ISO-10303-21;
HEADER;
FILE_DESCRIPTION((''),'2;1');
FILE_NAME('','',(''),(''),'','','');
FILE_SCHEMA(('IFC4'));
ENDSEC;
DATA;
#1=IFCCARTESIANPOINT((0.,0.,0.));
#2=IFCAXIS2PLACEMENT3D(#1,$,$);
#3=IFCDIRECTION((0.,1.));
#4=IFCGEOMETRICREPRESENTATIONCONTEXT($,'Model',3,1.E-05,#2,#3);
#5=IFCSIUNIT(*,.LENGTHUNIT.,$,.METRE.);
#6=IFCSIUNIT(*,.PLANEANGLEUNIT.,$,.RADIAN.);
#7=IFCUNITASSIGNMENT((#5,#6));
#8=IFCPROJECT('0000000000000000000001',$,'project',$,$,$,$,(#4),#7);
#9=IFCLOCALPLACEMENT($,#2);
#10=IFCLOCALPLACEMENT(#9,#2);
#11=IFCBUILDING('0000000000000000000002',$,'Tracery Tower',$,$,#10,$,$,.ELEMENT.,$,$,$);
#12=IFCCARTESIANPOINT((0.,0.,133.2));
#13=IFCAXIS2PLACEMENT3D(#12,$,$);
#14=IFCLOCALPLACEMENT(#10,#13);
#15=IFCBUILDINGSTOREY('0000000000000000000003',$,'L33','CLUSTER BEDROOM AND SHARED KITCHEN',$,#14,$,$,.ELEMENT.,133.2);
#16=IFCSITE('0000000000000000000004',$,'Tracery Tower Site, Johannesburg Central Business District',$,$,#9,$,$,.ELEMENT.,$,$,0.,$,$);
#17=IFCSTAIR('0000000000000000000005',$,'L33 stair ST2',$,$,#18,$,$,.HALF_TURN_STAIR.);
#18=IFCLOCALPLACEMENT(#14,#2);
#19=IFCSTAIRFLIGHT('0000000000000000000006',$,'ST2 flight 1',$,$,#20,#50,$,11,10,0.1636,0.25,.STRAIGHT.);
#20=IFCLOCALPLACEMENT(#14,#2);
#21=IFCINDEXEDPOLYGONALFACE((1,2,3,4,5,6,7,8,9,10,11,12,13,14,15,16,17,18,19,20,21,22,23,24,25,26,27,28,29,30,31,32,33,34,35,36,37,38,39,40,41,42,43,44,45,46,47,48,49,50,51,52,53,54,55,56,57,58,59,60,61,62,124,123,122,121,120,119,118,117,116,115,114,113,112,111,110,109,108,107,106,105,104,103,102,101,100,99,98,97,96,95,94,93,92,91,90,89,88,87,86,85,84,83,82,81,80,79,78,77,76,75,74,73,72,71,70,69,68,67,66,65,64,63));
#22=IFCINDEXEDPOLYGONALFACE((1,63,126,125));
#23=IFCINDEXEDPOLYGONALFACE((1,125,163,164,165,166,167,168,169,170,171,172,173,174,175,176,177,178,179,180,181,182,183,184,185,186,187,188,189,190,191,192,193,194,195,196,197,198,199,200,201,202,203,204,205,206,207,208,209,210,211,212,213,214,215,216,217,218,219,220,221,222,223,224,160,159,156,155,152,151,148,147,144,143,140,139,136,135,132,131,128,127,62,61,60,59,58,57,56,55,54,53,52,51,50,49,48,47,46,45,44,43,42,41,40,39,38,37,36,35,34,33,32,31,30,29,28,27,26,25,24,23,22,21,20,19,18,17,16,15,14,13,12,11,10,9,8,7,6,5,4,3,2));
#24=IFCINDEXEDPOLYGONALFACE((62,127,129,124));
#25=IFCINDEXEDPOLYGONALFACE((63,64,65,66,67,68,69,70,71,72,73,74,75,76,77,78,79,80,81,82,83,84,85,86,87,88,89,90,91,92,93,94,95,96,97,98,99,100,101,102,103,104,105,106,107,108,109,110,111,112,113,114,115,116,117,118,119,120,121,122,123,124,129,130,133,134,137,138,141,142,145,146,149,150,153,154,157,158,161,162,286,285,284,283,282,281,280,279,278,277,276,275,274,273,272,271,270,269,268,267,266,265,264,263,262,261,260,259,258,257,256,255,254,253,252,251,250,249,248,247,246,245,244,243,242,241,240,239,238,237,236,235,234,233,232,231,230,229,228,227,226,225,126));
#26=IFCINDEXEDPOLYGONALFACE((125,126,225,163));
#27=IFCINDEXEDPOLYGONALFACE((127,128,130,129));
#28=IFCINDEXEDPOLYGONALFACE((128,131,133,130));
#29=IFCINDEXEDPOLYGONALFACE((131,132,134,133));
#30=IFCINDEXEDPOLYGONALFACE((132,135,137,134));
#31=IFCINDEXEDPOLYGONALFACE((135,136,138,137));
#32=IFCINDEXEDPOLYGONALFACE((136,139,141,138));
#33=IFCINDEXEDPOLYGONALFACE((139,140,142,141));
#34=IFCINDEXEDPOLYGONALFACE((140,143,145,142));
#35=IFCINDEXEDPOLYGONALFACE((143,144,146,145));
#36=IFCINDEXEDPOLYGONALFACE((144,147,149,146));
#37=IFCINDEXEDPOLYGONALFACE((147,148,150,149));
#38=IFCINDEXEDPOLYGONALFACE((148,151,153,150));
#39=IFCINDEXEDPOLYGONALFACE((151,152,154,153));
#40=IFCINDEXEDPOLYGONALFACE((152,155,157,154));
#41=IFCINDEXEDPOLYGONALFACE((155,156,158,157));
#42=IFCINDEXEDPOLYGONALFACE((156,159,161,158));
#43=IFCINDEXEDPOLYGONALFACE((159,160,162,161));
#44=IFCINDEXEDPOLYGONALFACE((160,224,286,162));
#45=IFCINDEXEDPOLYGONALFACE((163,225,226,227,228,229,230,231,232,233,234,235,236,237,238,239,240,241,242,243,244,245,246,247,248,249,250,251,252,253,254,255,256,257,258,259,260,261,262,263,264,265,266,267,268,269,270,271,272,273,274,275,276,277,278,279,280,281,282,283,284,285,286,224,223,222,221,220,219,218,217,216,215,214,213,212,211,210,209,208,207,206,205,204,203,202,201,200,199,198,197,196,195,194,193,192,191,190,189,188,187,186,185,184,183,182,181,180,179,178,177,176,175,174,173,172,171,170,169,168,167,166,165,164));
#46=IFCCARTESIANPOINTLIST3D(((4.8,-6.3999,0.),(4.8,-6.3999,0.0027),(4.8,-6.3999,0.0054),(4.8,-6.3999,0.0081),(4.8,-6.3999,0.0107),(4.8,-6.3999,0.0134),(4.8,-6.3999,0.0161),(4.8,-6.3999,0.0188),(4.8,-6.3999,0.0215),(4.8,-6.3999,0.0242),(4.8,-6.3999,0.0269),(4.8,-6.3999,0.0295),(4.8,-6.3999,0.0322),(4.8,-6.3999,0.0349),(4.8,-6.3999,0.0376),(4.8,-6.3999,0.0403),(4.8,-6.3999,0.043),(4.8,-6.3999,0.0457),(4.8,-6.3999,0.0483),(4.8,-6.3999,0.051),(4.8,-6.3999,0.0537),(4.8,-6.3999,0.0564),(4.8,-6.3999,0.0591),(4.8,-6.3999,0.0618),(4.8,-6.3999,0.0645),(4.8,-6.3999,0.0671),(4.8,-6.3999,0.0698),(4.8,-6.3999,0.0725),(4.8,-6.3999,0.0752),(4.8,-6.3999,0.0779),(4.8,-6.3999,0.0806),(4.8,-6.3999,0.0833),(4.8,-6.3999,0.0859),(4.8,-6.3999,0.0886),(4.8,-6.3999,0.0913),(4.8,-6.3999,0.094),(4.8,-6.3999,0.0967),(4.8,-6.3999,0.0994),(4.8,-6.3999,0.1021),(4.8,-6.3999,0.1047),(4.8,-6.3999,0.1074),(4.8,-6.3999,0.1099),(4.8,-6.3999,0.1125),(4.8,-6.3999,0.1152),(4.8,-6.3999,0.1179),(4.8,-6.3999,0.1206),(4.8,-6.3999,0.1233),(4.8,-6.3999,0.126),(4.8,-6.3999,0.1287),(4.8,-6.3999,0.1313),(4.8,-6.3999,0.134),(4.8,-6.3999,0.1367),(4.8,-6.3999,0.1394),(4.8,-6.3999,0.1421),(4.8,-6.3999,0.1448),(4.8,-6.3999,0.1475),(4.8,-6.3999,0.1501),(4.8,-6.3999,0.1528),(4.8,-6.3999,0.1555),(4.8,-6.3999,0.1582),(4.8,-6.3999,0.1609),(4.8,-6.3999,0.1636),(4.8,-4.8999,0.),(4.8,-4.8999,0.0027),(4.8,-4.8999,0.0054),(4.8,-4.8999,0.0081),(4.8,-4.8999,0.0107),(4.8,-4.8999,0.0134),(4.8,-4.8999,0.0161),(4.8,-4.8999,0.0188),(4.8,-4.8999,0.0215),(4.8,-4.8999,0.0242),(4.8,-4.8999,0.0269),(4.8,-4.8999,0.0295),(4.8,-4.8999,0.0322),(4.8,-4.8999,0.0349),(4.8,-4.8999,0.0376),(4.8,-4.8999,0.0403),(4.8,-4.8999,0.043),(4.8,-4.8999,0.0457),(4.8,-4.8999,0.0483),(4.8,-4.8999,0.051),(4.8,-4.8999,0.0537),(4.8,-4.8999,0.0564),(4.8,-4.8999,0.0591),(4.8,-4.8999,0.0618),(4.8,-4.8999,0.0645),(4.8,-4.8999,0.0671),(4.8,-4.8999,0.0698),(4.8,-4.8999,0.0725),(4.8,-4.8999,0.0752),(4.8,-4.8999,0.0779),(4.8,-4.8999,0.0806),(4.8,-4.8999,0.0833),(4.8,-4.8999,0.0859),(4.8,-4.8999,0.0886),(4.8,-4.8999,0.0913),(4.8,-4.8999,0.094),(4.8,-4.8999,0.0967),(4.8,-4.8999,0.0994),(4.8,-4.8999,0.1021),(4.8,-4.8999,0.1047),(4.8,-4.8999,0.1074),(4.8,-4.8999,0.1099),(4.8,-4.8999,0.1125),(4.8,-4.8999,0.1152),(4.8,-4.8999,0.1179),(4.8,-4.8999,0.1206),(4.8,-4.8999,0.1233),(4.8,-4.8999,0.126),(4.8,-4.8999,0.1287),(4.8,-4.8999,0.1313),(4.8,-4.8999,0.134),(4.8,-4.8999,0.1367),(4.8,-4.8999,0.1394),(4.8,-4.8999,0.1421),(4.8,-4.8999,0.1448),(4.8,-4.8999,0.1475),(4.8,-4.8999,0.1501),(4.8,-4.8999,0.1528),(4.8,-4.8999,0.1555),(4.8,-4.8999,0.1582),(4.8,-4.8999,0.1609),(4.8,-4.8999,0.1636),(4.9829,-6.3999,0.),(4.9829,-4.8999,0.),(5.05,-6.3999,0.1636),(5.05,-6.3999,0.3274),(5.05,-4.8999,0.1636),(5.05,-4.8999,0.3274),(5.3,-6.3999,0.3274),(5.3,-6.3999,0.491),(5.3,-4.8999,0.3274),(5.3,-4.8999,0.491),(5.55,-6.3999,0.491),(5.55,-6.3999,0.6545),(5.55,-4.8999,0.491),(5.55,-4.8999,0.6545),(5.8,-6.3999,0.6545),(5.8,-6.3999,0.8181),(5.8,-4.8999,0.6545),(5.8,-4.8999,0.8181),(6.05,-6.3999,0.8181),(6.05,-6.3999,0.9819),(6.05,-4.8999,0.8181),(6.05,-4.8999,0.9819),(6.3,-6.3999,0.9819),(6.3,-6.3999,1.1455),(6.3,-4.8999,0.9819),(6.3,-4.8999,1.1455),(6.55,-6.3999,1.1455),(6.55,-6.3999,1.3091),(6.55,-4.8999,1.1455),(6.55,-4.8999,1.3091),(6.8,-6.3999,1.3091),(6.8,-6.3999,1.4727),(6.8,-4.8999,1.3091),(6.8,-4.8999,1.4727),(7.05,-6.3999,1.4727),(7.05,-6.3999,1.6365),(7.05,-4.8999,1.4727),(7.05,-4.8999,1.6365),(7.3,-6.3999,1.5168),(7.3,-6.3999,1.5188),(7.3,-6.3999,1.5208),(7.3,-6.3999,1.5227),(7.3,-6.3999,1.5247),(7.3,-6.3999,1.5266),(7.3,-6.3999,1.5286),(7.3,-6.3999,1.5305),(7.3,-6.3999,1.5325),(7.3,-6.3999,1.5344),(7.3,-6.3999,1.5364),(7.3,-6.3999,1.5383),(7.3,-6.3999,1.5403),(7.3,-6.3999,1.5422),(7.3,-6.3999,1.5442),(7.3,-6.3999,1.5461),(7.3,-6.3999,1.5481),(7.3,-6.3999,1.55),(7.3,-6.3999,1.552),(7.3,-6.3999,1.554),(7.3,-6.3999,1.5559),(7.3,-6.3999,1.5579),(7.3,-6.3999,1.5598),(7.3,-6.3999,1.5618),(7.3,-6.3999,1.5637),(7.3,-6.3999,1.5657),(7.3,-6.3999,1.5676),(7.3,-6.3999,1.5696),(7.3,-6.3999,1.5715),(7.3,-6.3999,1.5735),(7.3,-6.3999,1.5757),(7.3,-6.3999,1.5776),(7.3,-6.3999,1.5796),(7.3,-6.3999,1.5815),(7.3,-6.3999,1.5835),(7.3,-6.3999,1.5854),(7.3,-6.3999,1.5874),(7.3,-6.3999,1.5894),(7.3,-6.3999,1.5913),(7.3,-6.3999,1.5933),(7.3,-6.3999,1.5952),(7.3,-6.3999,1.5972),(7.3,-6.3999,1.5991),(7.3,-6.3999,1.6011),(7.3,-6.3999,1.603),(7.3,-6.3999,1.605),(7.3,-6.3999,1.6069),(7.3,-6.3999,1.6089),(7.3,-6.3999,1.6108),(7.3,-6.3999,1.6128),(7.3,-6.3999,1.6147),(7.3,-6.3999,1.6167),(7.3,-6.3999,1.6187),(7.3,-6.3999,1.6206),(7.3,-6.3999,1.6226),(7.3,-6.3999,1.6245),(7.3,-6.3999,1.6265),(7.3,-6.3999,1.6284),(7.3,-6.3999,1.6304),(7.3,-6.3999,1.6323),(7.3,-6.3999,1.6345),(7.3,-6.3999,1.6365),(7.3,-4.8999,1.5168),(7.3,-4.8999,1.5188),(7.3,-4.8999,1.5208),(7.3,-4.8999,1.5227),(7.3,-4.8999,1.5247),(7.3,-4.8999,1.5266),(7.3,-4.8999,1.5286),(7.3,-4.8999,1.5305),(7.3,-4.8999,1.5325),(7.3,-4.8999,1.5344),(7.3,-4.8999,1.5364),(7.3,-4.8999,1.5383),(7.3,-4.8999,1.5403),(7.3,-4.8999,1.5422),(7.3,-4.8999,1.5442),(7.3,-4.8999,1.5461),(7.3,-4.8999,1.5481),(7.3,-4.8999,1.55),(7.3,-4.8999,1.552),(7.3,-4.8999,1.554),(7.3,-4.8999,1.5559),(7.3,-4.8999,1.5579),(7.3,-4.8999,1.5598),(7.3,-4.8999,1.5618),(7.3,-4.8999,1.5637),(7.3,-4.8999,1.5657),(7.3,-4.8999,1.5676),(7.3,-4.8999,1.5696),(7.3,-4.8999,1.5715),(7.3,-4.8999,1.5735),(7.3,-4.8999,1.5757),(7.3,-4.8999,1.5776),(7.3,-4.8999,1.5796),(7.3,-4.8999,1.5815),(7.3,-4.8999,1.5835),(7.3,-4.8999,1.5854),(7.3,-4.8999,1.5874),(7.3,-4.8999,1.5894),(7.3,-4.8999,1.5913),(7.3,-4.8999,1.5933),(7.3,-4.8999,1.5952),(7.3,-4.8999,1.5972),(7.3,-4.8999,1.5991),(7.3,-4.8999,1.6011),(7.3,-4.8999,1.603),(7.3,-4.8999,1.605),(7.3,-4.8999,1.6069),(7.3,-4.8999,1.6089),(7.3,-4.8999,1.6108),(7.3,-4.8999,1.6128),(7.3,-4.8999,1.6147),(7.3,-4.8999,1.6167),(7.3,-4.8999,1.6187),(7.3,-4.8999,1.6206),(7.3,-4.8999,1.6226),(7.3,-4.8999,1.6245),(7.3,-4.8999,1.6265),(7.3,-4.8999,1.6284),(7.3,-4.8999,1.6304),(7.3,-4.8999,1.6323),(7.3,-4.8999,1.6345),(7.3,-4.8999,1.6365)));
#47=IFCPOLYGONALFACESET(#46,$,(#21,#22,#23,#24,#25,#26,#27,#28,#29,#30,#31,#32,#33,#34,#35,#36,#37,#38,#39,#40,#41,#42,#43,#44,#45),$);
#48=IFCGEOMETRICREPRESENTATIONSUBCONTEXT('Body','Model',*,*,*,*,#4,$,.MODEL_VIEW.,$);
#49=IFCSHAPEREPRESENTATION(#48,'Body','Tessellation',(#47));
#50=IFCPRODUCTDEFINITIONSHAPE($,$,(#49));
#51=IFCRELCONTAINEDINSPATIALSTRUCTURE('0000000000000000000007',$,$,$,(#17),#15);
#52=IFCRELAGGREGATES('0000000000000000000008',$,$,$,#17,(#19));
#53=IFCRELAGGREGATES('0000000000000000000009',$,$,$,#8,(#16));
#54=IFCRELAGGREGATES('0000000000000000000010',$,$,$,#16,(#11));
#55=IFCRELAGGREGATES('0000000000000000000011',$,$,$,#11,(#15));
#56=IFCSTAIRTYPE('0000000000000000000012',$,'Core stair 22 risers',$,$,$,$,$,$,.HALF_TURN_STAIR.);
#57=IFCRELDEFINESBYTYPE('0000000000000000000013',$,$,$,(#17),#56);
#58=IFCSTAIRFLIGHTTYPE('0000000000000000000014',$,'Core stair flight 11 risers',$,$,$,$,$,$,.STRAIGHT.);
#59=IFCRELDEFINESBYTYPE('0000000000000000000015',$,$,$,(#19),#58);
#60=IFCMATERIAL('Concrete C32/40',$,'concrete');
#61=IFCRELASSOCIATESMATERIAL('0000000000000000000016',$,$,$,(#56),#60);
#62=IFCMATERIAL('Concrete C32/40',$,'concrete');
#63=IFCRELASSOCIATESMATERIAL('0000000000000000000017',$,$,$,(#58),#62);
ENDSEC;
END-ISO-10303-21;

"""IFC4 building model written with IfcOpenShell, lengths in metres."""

from ifc_helpers import new_model, si_unit, direction, frame, origin, place, context, subcontext, project, spatial, polyline, outline, extrude, material, type_object, element, aggregate, save


model = new_model("IFC4")

# Units and contexts
model_context = context("Model", 3, precision=1e-05, world=origin(), true_north=direction((0.0, 1.0)))
body_context = subcontext(model_context, "Body", "Model", "MODEL_VIEW")
ifc_project = project(units=[si_unit("LENGTHUNIT", "METRE"), si_unit("PLANEANGLEUNIT", "RADIAN")], contexts=[model_context])

# Site, building, storey
site_placement = place(None, origin())
site = spatial("IfcSite", under=ifc_project, at=site_placement, Name="Tracery Tower Site, Johannesburg Central Business District", CompositionType="ELEMENT", RefElevation=0.0)
building_placement = place(site_placement, origin())
building = spatial("IfcBuilding", under=site, at=building_placement, Name="Tracery Tower", CompositionType="ELEMENT")
storey_placement = place(building_placement, frame((0.0, 0.0, 133.2)))
storey = spatial("IfcBuildingStorey", under=building, at=storey_placement, Name="L33", Description="CLUSTER BEDROOM AND SHARED KITCHEN", CompositionType="ELEMENT", Elevation=133.2)

# Stair
ifc_material_1 = material(Name="Concrete C32/40", Category="concrete")
stair_type = type_object("IfcStairType", Name="Core stair 22 risers", PredefinedType="HALF_TURN_STAIR", material=ifc_material_1)
stair_1_placement = place(storey_placement, origin())
stair_1 = element("IfcStair", 1, at=stair_1_placement, inside=storey, type_object=stair_type, Name="L33 stair ST2", PredefinedType="HALF_TURN_STAIR")

# Stair flight
ifc_material_2 = material(Name="Concrete C32/40", Category="concrete")
stair_flight_type = type_object("IfcStairFlightType", Name="Core stair flight 11 risers", PredefinedType="STRAIGHT", material=ifc_material_2)
stair_flight_1_placement = place(storey_placement, frame((4.8, -5.6499, 0.0), z_axis=(0.0, 0.0, 1.0), x_axis=(1.0, 0.0, 0.0)))
stair_flight_1 = element("IfcStairFlight", 2, at=stair_flight_1_placement, type_object=stair_flight_type, Name="ST2 flight 1", NumberOfRisers=11, NumberOfTreads=10, PredefinedType="STRAIGHT", RiserHeight=0.1636, TreadLength=0.25, context=body_context, shape_type="SweptSolid", body=[
    extrude(outline(polyline([(0.0, 0.0), (0.0, 0.0027), (0.0, 0.0054), (0.0, 0.0081), (0.0, 0.0107), (0.0, 0.0134), (0.0, 0.0161), (0.0, 0.0188), (0.0, 0.0215), (0.0, 0.0242), (0.0, 0.0269), (0.0, 0.0295), (0.0, 0.0322), (0.0, 0.0349), (0.0, 0.0376), (0.0, 0.0403), (0.0, 0.043), (0.0, 0.0457), (0.0, 0.0483), (0.0, 0.051), (0.0, 0.0537), (0.0, 0.0564), (0.0, 0.0591), (0.0, 0.0618), (0.0, 0.0645), (0.0, 0.0671), (0.0, 0.0698), (0.0, 0.0725), (0.0, 0.0752), (0.0, 0.0779), (0.0, 0.0806), (0.0, 0.0833), (0.0, 0.0859), (0.0, 0.0886), (0.0, 0.0913), (0.0, 0.094), (0.0, 0.0967), (0.0, 0.0994), (0.0, 0.1021), (0.0, 0.1047), (0.0, 0.1074), (0.0, 0.1099), (0.0, 0.1125), (0.0, 0.1152), (0.0, 0.1179), (0.0, 0.1206), (0.0, 0.1233), (0.0, 0.126), (0.0, 0.1287), (0.0, 0.1313), (0.0, 0.134), (0.0, 0.1367), (0.0, 0.1394), (0.0, 0.1421), (0.0, 0.1448), (0.0, 0.1475), (0.0, 0.1501), (0.0, 0.1528), (0.0, 0.1555), (0.0, 0.1582), (0.0, 0.1609), (0.0, 0.1636), (0.25, 0.1636), (0.25, 0.3274), (0.5, 0.3274), (0.5, 0.491), (0.75, 0.491), (0.75, 0.6545), (1.0, 0.6545), (1.0, 0.8181), (1.25, 0.8181), (1.25, 0.9819), (1.5, 0.9819), (1.5, 1.1455), (1.75, 1.1455), (1.75, 1.3091), (2.0, 1.3091), (2.0, 1.4727), (2.25, 1.4727), (2.25, 1.6365), (2.5, 1.6365), (2.5, 1.6345), (2.5, 1.6323), (2.5, 1.6304), (2.5, 1.6284), (2.5, 1.6265), (2.5, 1.6245), (2.5, 1.6226), (2.5, 1.6206), (2.5, 1.6187), (2.5, 1.6167), (2.5, 1.6147), (2.5, 1.6128), (2.5, 1.6108), (2.5, 1.6089), (2.5, 1.6069), (2.5, 1.605), (2.5, 1.603), (2.5, 1.6011), (2.5, 1.5991), (2.5, 1.5972), (2.5, 1.5952), (2.5, 1.5933), (2.5, 1.5913), (2.5, 1.5894), (2.5, 1.5874), (2.5, 1.5854), (2.5, 1.5835), (2.5, 1.5815), (2.5, 1.5796), (2.5, 1.5776), (2.5, 1.5757), (2.5, 1.5735), (2.5, 1.5715), (2.5, 1.5696), (2.5, 1.5676), (2.5, 1.5657), (2.5, 1.5637), (2.5, 1.5618), (2.5, 1.5598), (2.5, 1.5579), (2.5, 1.5559), (2.5, 1.554), (2.5, 1.552), (2.5, 1.55), (2.5, 1.5481), (2.5, 1.5461), (2.5, 1.5442), (2.5, 1.5422), (2.5, 1.5403), (2.5, 1.5383), (2.5, 1.5364), (2.5, 1.5344), (2.5, 1.5325), (2.5, 1.5305), (2.5, 1.5286), (2.5, 1.5266), (2.5, 1.5247), (2.5, 1.5227), (2.5, 1.5208), (2.5, 1.5188), (2.5, 1.5168), (0.1829, 0.0), (0.0, 0.0)])), frame((0.0, 0.75, 0.0), z_axis=(0.0, -1.0, 0.0), x_axis=(1.0, 0.0, 0.0)), (0.0, 0.0, 1.0), 1.5),
])
aggregate(stair_1, [stair_flight_1])

save(model, "model.ifc")
